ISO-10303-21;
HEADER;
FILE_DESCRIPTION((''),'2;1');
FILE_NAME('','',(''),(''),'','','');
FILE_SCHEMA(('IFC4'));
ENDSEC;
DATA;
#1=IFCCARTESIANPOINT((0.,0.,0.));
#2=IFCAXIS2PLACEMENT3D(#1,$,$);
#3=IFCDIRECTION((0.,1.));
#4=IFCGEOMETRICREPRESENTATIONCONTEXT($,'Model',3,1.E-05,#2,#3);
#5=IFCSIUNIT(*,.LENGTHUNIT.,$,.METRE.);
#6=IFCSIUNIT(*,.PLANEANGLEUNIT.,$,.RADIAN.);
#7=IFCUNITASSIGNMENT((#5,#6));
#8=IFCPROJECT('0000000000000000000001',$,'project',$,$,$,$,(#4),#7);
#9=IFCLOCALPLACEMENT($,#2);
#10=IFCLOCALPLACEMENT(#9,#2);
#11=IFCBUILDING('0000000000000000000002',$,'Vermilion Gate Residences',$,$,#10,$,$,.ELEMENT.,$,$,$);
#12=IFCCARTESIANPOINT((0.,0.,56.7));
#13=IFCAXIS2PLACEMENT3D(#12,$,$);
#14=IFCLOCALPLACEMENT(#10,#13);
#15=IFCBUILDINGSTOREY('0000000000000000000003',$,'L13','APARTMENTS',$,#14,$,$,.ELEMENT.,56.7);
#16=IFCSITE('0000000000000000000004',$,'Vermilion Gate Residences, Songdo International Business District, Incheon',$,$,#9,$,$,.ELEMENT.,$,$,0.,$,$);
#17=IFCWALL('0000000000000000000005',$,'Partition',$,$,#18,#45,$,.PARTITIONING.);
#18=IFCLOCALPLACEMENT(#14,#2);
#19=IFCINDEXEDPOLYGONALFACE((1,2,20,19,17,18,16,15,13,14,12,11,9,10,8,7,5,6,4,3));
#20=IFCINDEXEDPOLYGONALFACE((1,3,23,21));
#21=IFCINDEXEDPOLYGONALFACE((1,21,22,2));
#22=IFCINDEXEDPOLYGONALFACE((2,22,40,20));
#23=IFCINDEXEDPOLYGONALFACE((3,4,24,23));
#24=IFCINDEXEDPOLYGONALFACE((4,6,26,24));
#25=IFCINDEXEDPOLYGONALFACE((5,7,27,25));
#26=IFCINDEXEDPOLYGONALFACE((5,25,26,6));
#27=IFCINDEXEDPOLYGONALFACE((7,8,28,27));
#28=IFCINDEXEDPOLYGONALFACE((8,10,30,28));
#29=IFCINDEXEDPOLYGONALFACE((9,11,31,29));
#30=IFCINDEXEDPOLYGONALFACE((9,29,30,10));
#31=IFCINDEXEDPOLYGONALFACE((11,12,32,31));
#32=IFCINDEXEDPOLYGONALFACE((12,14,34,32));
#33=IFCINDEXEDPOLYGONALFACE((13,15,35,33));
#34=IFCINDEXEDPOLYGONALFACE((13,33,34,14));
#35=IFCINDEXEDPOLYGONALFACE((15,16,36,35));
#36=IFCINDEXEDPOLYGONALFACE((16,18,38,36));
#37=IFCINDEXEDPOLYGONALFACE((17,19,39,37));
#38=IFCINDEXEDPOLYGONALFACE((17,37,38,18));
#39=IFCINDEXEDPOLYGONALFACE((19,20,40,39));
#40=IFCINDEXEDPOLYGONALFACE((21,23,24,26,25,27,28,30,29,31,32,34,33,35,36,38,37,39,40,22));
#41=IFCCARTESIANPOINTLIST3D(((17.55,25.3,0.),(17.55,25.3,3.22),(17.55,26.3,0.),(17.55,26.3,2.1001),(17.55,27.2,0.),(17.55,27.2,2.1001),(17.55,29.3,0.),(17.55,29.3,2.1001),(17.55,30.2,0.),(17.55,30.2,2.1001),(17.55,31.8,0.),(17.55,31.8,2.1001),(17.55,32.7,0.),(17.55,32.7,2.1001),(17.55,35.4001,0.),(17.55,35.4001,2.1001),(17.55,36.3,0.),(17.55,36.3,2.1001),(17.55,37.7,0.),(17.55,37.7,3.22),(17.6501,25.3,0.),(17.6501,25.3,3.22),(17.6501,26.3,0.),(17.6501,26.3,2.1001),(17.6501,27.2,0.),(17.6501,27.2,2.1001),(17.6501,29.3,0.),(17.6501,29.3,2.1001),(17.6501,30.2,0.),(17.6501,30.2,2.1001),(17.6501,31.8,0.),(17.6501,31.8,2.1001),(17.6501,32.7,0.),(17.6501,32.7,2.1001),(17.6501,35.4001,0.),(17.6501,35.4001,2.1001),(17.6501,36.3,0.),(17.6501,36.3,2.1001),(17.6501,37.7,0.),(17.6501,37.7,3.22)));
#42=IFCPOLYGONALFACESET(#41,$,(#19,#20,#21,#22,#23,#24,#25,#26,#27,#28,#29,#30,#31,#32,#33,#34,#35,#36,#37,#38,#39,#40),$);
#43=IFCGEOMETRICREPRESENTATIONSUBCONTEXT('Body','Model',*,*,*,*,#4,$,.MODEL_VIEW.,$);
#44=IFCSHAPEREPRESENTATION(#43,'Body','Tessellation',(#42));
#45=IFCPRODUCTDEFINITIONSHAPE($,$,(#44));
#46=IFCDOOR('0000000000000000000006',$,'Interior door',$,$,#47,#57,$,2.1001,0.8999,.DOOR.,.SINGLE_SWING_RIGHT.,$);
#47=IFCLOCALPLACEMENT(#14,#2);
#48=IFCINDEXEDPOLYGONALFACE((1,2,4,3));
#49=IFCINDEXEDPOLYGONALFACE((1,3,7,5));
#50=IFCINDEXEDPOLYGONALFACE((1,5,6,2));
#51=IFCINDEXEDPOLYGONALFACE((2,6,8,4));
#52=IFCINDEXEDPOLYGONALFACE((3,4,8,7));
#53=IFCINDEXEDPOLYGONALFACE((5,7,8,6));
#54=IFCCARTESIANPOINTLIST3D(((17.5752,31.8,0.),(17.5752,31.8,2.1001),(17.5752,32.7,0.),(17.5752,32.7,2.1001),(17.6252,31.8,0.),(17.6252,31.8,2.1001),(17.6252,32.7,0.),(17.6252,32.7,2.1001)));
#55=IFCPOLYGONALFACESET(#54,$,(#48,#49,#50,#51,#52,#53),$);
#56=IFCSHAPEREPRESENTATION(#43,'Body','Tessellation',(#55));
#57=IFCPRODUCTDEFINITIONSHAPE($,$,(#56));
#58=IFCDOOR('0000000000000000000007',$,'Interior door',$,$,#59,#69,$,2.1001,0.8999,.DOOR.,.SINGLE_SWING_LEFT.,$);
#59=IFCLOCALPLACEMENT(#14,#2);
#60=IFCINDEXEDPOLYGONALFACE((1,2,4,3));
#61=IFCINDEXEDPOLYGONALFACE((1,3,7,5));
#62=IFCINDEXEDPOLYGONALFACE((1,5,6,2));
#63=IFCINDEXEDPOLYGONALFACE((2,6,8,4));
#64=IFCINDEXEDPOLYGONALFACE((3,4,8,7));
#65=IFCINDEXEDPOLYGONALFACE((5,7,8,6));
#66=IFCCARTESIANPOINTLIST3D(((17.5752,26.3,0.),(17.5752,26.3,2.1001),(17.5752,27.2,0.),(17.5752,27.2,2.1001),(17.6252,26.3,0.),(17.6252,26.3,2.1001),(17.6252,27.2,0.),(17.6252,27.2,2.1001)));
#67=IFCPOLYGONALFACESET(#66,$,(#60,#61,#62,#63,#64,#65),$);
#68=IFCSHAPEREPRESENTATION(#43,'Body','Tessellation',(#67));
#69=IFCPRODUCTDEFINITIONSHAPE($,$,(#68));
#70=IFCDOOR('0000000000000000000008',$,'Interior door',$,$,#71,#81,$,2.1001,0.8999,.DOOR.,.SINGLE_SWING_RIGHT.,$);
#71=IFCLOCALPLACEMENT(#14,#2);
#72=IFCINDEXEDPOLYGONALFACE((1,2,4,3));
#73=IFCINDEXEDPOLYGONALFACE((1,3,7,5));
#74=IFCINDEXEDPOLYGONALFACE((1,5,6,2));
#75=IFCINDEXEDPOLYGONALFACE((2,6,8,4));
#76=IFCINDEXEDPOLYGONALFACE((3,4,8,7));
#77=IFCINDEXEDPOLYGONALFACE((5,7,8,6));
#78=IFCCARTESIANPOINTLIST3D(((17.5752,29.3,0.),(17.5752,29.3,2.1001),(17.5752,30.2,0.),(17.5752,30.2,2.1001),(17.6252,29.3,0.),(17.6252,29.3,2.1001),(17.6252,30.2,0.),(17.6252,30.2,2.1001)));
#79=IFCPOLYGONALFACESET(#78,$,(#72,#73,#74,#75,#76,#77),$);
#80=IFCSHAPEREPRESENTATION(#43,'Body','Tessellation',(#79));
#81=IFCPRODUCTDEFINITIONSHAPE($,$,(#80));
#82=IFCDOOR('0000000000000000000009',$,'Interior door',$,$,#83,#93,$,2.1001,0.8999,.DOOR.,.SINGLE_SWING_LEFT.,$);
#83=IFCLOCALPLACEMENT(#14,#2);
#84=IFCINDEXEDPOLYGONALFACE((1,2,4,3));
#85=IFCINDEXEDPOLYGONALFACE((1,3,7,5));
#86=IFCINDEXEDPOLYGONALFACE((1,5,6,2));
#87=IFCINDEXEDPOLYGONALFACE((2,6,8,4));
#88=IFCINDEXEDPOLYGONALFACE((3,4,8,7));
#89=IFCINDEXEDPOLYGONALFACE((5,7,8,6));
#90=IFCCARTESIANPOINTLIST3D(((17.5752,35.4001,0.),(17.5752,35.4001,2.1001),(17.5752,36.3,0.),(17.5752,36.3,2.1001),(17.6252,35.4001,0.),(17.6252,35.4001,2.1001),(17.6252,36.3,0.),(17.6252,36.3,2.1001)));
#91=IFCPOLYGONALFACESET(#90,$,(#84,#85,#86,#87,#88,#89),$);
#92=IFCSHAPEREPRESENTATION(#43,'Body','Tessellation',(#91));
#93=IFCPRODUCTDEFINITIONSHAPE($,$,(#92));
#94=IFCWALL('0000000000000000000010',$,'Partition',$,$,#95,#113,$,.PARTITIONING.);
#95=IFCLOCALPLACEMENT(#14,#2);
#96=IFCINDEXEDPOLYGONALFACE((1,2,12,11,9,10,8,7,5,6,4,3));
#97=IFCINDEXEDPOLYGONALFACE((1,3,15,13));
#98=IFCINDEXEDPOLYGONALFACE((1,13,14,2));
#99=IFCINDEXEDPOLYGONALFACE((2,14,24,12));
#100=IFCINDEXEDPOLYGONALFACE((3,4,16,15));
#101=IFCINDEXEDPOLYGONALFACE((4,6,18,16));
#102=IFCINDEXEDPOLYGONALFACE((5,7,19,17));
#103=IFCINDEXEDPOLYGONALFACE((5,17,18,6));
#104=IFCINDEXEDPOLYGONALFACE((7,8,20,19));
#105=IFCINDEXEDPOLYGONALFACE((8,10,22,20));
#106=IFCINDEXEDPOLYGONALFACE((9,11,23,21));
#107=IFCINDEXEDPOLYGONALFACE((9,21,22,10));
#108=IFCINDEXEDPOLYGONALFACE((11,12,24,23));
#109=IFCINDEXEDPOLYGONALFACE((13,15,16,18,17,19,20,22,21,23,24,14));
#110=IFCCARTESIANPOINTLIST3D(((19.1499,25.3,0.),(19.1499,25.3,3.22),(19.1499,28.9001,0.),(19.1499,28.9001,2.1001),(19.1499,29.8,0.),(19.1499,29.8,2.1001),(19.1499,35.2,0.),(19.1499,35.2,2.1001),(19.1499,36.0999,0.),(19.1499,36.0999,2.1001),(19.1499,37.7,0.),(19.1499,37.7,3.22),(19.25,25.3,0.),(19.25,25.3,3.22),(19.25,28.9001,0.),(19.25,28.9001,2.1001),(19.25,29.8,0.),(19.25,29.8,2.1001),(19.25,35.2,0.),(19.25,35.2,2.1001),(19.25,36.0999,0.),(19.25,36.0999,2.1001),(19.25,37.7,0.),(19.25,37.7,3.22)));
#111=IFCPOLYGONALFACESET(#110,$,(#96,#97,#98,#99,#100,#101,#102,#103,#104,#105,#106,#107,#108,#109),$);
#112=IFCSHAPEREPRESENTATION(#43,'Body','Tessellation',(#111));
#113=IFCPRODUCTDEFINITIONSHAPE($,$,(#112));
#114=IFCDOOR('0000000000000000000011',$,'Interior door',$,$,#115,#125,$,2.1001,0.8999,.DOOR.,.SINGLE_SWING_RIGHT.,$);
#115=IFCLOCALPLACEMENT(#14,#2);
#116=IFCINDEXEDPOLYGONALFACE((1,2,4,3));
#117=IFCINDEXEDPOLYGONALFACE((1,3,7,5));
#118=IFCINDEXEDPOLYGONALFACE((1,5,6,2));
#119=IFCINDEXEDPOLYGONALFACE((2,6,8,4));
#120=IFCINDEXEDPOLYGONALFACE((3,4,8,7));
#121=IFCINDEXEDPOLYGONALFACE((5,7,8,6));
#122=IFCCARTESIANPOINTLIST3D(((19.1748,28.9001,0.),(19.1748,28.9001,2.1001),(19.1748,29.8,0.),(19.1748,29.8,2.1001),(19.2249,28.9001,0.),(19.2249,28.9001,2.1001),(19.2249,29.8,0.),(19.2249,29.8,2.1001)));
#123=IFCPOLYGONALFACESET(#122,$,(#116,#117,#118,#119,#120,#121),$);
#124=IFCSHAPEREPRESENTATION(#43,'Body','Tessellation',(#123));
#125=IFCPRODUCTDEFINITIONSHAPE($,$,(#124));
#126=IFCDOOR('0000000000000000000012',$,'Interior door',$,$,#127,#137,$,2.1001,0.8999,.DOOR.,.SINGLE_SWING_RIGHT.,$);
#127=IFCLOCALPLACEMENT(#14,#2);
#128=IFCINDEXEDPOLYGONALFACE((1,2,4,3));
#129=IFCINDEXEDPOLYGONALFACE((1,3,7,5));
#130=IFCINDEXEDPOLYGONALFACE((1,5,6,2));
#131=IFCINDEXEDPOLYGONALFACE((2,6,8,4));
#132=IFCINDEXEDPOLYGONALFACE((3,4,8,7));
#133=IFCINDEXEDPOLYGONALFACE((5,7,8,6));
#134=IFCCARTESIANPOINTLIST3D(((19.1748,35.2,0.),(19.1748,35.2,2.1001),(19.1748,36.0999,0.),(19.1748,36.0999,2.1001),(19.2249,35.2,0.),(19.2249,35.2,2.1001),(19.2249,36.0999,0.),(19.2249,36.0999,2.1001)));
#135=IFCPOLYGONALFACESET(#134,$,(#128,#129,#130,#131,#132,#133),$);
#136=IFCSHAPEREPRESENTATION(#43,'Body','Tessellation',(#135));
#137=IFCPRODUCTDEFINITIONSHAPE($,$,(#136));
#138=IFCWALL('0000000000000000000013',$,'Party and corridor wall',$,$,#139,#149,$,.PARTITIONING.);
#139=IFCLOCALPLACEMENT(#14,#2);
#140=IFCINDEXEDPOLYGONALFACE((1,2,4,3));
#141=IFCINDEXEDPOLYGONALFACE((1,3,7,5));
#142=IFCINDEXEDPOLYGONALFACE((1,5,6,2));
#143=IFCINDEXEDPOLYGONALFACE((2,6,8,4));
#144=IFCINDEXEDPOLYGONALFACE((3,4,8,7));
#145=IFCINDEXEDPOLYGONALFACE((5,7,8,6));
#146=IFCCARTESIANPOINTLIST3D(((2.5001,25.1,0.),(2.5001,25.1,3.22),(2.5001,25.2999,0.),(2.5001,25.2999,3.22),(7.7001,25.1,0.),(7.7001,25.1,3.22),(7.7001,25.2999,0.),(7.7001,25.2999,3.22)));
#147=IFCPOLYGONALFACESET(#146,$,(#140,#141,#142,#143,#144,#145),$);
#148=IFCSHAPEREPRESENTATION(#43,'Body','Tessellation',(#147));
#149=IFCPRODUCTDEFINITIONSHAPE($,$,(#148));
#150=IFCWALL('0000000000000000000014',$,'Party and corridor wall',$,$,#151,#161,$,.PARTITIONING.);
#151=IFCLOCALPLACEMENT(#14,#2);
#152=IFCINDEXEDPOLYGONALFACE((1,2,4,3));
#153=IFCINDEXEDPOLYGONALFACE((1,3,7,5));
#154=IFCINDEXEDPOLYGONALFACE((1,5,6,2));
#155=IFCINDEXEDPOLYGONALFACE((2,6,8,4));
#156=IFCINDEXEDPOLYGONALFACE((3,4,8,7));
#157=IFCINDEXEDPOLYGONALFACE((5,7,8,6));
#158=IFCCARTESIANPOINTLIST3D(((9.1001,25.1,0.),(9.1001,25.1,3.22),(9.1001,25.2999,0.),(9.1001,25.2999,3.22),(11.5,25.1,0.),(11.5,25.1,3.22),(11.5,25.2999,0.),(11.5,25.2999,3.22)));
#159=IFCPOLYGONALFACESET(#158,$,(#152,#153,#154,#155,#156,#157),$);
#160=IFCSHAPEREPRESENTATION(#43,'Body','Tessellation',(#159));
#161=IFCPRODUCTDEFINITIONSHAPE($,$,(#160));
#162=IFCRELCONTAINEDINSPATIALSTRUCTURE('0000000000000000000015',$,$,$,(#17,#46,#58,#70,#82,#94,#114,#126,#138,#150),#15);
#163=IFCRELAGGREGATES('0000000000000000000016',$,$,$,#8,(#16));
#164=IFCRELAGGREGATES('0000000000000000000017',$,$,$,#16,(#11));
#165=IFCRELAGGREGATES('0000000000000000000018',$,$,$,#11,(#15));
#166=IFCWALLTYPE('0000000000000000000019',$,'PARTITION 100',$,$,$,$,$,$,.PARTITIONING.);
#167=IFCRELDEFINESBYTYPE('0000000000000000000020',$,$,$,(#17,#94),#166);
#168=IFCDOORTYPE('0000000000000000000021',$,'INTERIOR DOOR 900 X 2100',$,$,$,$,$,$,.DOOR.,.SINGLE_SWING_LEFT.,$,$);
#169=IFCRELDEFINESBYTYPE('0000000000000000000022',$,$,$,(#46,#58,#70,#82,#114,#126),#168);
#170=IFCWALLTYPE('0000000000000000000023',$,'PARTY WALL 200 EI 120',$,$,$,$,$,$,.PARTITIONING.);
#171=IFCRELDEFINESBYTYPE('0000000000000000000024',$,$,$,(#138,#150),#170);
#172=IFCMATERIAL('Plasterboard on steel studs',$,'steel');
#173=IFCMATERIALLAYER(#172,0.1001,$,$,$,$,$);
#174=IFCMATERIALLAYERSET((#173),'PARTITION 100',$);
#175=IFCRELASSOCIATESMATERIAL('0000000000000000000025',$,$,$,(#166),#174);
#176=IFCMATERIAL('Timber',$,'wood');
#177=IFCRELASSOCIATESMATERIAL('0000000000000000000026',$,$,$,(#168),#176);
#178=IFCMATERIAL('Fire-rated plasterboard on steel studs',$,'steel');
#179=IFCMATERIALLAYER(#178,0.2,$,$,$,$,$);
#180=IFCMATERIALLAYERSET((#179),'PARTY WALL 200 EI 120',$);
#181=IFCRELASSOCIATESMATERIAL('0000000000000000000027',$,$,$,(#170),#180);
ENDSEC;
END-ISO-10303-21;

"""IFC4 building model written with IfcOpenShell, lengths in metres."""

from ifc_helpers import new_model, si_unit, direction, frame, frame_2d, origin, place, context, subcontext, project, spatial, rectangle, extrude, material, layer, layer_set, type_object, element, fill, save


model = new_model("IFC4")

# Units and contexts
model_context = context("Model", 3, precision=1e-05, world=origin(), true_north=direction((0.0, 1.0)))
body_context = subcontext(model_context, "Body", "Model", "MODEL_VIEW")
ifc_project = project(units=[si_unit("LENGTHUNIT", "METRE"), si_unit("PLANEANGLEUNIT", "RADIAN")], contexts=[model_context])

# Site, building, storey
site_placement = place(None, origin())
site = spatial("IfcSite", under=ifc_project, at=site_placement, Name="Vermilion Gate Residences, Songdo International Business District, Incheon", CompositionType="ELEMENT", RefElevation=0.0)
building_placement = place(site_placement, origin())
building = spatial("IfcBuilding", under=site, at=building_placement, Name="Vermilion Gate Residences", CompositionType="ELEMENT")
storey_placement = place(building_placement, frame((0.0, 0.0, 56.7)))
storey = spatial("IfcBuildingStorey", under=building, at=storey_placement, Name="L13", Description="APARTMENTS", CompositionType="ELEMENT", Elevation=56.7)

# Shared definitions
ifc_material_1 = material(Name="Plasterboard on steel studs", Category="steel")
ifc_layer_1 = layer(ifc_material_1, 0.1001)
ifc_layer_set_1 = layer_set([ifc_layer_1], Name="PARTITION 100")
wall_type_1 = type_object("IfcWallType", Name="PARTITION 100", PredefinedType="PARTITIONING", material=ifc_layer_set_1)

# Walls, openings, doors
wall_1_placement = place(storey_placement, frame((17.6001, 25.3, 0.0), z_axis=(0.0, 0.0, 1.0), x_axis=(0.0, 1.0, 0.0)))
wall_1 = element("IfcWall", 1, at=wall_1_placement, inside=storey, type_object=wall_type_1, Name="Partition", PredefinedType="PARTITIONING", context=body_context, shape_type="SweptSolid", body=[
    extrude(rectangle(XDim=12.3999, YDim=0.1001, at=frame_2d((6.2, 0.0))), origin(), (0.0, 0.0, 1.0), 3.22),
])
opening_1_placement = place(wall_1_placement, frame((6.5, 0.0, 0.0)))
opening_1 = element("IfcOpeningElement", 2, at=opening_1_placement, cuts=wall_1, PredefinedType="OPENING", context=body_context, shape_type="SweptSolid", body=[
    extrude(rectangle(XDim=0.8999, YDim=2.1001, at=frame_2d((0.45, 1.05))), frame((0.0, 0.0601, 0.0), z_axis=(0.0, -1.0, 0.0), x_axis=(1.0, 0.0, 0.0)), (0.0, 0.0, 1.0), 0.1201),
])
opening_2_placement = place(wall_1_placement, frame((1.0, 0.0, 0.0)))
opening_2 = element("IfcOpeningElement", 3, at=opening_2_placement, cuts=wall_1, PredefinedType="OPENING", context=body_context, shape_type="SweptSolid", body=[
    extrude(rectangle(XDim=0.8999, YDim=2.1001, at=frame_2d((0.45, 1.05))), frame((0.0, 0.0601, 0.0), z_axis=(0.0, -1.0, 0.0), x_axis=(1.0, 0.0, 0.0)), (0.0, 0.0, 1.0), 0.1201),
])
opening_3_placement = place(wall_1_placement, frame((4.0, 0.0, 0.0)))
opening_3 = element("IfcOpeningElement", 4, at=opening_3_placement, cuts=wall_1, PredefinedType="OPENING", context=body_context, shape_type="SweptSolid", body=[
    extrude(rectangle(XDim=0.8999, YDim=2.1001, at=frame_2d((0.45, 1.05))), frame((0.0, 0.0601, 0.0), z_axis=(0.0, -1.0, 0.0), x_axis=(1.0, 0.0, 0.0)), (0.0, 0.0, 1.0), 0.1201),
])
opening_4_placement = place(wall_1_placement, frame((10.1001, 0.0, 0.0)))
opening_4 = element("IfcOpeningElement", 5, at=opening_4_placement, cuts=wall_1, PredefinedType="OPENING", context=body_context, shape_type="SweptSolid", body=[
    extrude(rectangle(XDim=0.8999, YDim=2.1001, at=frame_2d((0.45, 1.05))), frame((0.0, 0.0601, 0.0), z_axis=(0.0, -1.0, 0.0), x_axis=(1.0, 0.0, 0.0)), (0.0, 0.0, 1.0), 0.1201),
])
ifc_material_2 = material(Name="Timber", Category="wood")
door_type = type_object("IfcDoorType", Name="INTERIOR DOOR 900 X 2100", OperationType="SINGLE_SWING_LEFT", PredefinedType="DOOR", material=ifc_material_2)
door_1_placement = place(opening_1_placement, origin())
door_1 = element("IfcDoor", 6, at=door_1_placement, inside=storey, type_object=door_type, Name="Interior door", OperationType="SINGLE_SWING_RIGHT", OverallHeight=2.1001, OverallWidth=0.8999, PredefinedType="DOOR", context=body_context, shape_type="SweptSolid", body=[
    extrude(rectangle(XDim=0.8999, YDim=2.1001, at=frame_2d((0.45, 1.05))), frame((0.0, 0.0249, 0.0), z_axis=(0.0, -1.0, 0.0), x_axis=(1.0, 0.0, 0.0)), (0.0, 0.0, 1.0), 0.05),
])
fill(opening_1, door_1)
door_2_placement = place(opening_2_placement, origin())
door_2 = element("IfcDoor", 7, at=door_2_placement, inside=storey, type_object=door_type, Name="Interior door", OperationType="SINGLE_SWING_LEFT", OverallHeight=2.1001, OverallWidth=0.8999, PredefinedType="DOOR", context=body_context, shape_type="SweptSolid", body=[
    extrude(rectangle(XDim=0.8999, YDim=2.1001, at=frame_2d((0.45, 1.05))), frame((0.0, 0.0249, 0.0), z_axis=(0.0, -1.0, 0.0), x_axis=(1.0, 0.0, 0.0)), (0.0, 0.0, 1.0), 0.05),
])
fill(opening_2, door_2)
door_3_placement = place(opening_3_placement, origin())
door_3 = element("IfcDoor", 8, at=door_3_placement, inside=storey, type_object=door_type, Name="Interior door", OperationType="SINGLE_SWING_RIGHT", OverallHeight=2.1001, OverallWidth=0.8999, PredefinedType="DOOR", context=body_context, shape_type="SweptSolid", body=[
    extrude(rectangle(XDim=0.8999, YDim=2.1001, at=frame_2d((0.45, 1.05))), frame((0.0, 0.0249, 0.0), z_axis=(0.0, -1.0, 0.0), x_axis=(1.0, 0.0, 0.0)), (0.0, 0.0, 1.0), 0.05),
])
fill(opening_3, door_3)
door_4_placement = place(opening_4_placement, origin())
door_4 = element("IfcDoor", 9, at=door_4_placement, inside=storey, type_object=door_type, Name="Interior door", OperationType="SINGLE_SWING_LEFT", OverallHeight=2.1001, OverallWidth=0.8999, PredefinedType="DOOR", context=body_context, shape_type="SweptSolid", body=[
    extrude(rectangle(XDim=0.8999, YDim=2.1001, at=frame_2d((0.45, 1.05))), frame((0.0, 0.0249, 0.0), z_axis=(0.0, -1.0, 0.0), x_axis=(1.0, 0.0, 0.0)), (0.0, 0.0, 1.0), 0.05),
])
fill(opening_4, door_4)
wall_2_placement = place(storey_placement, frame((19.2, 25.3, 0.0), z_axis=(0.0, 0.0, 1.0), x_axis=(0.0, 1.0, 0.0)))
wall_2 = element("IfcWall", 10, at=wall_2_placement, inside=storey, type_object=wall_type_1, Name="Partition", PredefinedType="PARTITIONING", context=body_context, shape_type="SweptSolid", body=[
    extrude(rectangle(XDim=12.3999, YDim=0.1001, at=frame_2d((6.2, 0.0))), origin(), (0.0, 0.0, 1.0), 3.22),
])
opening_5_placement = place(wall_2_placement, frame((3.6001, 0.0, 0.0)))
opening_5 = element("IfcOpeningElement", 11, at=opening_5_placement, cuts=wall_2, PredefinedType="OPENING", context=body_context, shape_type="SweptSolid", body=[
    extrude(rectangle(XDim=0.8999, YDim=2.1001, at=frame_2d((0.45, 1.05))), frame((0.0, 0.0601, 0.0), z_axis=(0.0, -1.0, 0.0), x_axis=(1.0, 0.0, 0.0)), (0.0, 0.0, 1.0), 0.1201),
])
opening_6_placement = place(wall_2_placement, frame((9.8999, 0.0, 0.0)))
opening_6 = element("IfcOpeningElement", 12, at=opening_6_placement, cuts=wall_2, PredefinedType="OPENING", context=body_context, shape_type="SweptSolid", body=[
    extrude(rectangle(XDim=0.8999, YDim=2.1001, at=frame_2d((0.45, 1.05))), frame((0.0, 0.0601, 0.0), z_axis=(0.0, -1.0, 0.0), x_axis=(1.0, 0.0, 0.0)), (0.0, 0.0, 1.0), 0.1201),
])
door_5_placement = place(opening_5_placement, frame((0.8999, 0.0, 0.0), z_axis=(0.0, 0.0, 1.0), x_axis=(-1.0, 0.0, 0.0)))
door_5 = element("IfcDoor", 13, at=door_5_placement, inside=storey, type_object=door_type, Name="Interior door", OperationType="SINGLE_SWING_RIGHT", OverallHeight=2.1001, OverallWidth=0.8999, PredefinedType="DOOR", context=body_context, shape_type="SweptSolid", body=[
    extrude(rectangle(XDim=0.8999, YDim=2.1001, at=frame_2d((0.45, 1.05))), frame((0.0, 0.0249, 0.0), z_axis=(0.0, -1.0, 0.0), x_axis=(1.0, 0.0, 0.0)), (0.0, 0.0, 1.0), 0.05),
])
fill(opening_5, door_5)
door_6_placement = place(opening_6_placement, frame((0.8999, 0.0, 0.0), z_axis=(0.0, 0.0, 1.0), x_axis=(-1.0, 0.0, 0.0)))
door_6 = element("IfcDoor", 14, at=door_6_placement, inside=storey, type_object=door_type, Name="Interior door", OperationType="SINGLE_SWING_RIGHT", OverallHeight=2.1001, OverallWidth=0.8999, PredefinedType="DOOR", context=body_context, shape_type="SweptSolid", body=[
    extrude(rectangle(XDim=0.8999, YDim=2.1001, at=frame_2d((0.45, 1.05))), frame((0.0, 0.0249, 0.0), z_axis=(0.0, -1.0, 0.0), x_axis=(1.0, 0.0, 0.0)), (0.0, 0.0, 1.0), 0.05),
])
fill(opening_6, door_6)

# Walls
ifc_material_3 = material(Name="Fire-rated plasterboard on steel studs", Category="steel")
ifc_layer_2 = layer(ifc_material_3, 0.2)
ifc_layer_set_2 = layer_set([ifc_layer_2], Name="PARTY WALL 200 EI 120")
wall_type_2 = type_object("IfcWallType", Name="PARTY WALL 200 EI 120", PredefinedType="PARTITIONING", material=ifc_layer_set_2)
wall_3_placement = place(storey_placement, frame((2.5, 25.2, 0.0), z_axis=(0.0, 0.0, 1.0), x_axis=(1.0, 0.0, 0.0)))
element("IfcWall", 15, at=wall_3_placement, inside=storey, type_object=wall_type_2, Name="Party and corridor wall", PredefinedType="PARTITIONING", context=body_context, shape_type="SweptSolid", body=[
    extrude(rectangle(XDim=5.2, YDim=0.2, at=frame_2d((2.6001, 0.0))), origin(), (0.0, 0.0, 1.0), 3.22),
])
wall_4_placement = place(storey_placement, frame((9.1001, 25.2, 0.0), z_axis=(0.0, 0.0, 1.0), x_axis=(1.0, 0.0, 0.0)))
element("IfcWall", 16, at=wall_4_placement, inside=storey, type_object=wall_type_2, Name="Party and corridor wall", PredefinedType="PARTITIONING", context=body_context, shape_type="SweptSolid", body=[
    extrude(rectangle(XDim=2.3999, YDim=0.2, at=frame_2d((1.2, 0.0))), origin(), (0.0, 0.0, 1.0), 3.22),
])

save(model, "model.ifc")
